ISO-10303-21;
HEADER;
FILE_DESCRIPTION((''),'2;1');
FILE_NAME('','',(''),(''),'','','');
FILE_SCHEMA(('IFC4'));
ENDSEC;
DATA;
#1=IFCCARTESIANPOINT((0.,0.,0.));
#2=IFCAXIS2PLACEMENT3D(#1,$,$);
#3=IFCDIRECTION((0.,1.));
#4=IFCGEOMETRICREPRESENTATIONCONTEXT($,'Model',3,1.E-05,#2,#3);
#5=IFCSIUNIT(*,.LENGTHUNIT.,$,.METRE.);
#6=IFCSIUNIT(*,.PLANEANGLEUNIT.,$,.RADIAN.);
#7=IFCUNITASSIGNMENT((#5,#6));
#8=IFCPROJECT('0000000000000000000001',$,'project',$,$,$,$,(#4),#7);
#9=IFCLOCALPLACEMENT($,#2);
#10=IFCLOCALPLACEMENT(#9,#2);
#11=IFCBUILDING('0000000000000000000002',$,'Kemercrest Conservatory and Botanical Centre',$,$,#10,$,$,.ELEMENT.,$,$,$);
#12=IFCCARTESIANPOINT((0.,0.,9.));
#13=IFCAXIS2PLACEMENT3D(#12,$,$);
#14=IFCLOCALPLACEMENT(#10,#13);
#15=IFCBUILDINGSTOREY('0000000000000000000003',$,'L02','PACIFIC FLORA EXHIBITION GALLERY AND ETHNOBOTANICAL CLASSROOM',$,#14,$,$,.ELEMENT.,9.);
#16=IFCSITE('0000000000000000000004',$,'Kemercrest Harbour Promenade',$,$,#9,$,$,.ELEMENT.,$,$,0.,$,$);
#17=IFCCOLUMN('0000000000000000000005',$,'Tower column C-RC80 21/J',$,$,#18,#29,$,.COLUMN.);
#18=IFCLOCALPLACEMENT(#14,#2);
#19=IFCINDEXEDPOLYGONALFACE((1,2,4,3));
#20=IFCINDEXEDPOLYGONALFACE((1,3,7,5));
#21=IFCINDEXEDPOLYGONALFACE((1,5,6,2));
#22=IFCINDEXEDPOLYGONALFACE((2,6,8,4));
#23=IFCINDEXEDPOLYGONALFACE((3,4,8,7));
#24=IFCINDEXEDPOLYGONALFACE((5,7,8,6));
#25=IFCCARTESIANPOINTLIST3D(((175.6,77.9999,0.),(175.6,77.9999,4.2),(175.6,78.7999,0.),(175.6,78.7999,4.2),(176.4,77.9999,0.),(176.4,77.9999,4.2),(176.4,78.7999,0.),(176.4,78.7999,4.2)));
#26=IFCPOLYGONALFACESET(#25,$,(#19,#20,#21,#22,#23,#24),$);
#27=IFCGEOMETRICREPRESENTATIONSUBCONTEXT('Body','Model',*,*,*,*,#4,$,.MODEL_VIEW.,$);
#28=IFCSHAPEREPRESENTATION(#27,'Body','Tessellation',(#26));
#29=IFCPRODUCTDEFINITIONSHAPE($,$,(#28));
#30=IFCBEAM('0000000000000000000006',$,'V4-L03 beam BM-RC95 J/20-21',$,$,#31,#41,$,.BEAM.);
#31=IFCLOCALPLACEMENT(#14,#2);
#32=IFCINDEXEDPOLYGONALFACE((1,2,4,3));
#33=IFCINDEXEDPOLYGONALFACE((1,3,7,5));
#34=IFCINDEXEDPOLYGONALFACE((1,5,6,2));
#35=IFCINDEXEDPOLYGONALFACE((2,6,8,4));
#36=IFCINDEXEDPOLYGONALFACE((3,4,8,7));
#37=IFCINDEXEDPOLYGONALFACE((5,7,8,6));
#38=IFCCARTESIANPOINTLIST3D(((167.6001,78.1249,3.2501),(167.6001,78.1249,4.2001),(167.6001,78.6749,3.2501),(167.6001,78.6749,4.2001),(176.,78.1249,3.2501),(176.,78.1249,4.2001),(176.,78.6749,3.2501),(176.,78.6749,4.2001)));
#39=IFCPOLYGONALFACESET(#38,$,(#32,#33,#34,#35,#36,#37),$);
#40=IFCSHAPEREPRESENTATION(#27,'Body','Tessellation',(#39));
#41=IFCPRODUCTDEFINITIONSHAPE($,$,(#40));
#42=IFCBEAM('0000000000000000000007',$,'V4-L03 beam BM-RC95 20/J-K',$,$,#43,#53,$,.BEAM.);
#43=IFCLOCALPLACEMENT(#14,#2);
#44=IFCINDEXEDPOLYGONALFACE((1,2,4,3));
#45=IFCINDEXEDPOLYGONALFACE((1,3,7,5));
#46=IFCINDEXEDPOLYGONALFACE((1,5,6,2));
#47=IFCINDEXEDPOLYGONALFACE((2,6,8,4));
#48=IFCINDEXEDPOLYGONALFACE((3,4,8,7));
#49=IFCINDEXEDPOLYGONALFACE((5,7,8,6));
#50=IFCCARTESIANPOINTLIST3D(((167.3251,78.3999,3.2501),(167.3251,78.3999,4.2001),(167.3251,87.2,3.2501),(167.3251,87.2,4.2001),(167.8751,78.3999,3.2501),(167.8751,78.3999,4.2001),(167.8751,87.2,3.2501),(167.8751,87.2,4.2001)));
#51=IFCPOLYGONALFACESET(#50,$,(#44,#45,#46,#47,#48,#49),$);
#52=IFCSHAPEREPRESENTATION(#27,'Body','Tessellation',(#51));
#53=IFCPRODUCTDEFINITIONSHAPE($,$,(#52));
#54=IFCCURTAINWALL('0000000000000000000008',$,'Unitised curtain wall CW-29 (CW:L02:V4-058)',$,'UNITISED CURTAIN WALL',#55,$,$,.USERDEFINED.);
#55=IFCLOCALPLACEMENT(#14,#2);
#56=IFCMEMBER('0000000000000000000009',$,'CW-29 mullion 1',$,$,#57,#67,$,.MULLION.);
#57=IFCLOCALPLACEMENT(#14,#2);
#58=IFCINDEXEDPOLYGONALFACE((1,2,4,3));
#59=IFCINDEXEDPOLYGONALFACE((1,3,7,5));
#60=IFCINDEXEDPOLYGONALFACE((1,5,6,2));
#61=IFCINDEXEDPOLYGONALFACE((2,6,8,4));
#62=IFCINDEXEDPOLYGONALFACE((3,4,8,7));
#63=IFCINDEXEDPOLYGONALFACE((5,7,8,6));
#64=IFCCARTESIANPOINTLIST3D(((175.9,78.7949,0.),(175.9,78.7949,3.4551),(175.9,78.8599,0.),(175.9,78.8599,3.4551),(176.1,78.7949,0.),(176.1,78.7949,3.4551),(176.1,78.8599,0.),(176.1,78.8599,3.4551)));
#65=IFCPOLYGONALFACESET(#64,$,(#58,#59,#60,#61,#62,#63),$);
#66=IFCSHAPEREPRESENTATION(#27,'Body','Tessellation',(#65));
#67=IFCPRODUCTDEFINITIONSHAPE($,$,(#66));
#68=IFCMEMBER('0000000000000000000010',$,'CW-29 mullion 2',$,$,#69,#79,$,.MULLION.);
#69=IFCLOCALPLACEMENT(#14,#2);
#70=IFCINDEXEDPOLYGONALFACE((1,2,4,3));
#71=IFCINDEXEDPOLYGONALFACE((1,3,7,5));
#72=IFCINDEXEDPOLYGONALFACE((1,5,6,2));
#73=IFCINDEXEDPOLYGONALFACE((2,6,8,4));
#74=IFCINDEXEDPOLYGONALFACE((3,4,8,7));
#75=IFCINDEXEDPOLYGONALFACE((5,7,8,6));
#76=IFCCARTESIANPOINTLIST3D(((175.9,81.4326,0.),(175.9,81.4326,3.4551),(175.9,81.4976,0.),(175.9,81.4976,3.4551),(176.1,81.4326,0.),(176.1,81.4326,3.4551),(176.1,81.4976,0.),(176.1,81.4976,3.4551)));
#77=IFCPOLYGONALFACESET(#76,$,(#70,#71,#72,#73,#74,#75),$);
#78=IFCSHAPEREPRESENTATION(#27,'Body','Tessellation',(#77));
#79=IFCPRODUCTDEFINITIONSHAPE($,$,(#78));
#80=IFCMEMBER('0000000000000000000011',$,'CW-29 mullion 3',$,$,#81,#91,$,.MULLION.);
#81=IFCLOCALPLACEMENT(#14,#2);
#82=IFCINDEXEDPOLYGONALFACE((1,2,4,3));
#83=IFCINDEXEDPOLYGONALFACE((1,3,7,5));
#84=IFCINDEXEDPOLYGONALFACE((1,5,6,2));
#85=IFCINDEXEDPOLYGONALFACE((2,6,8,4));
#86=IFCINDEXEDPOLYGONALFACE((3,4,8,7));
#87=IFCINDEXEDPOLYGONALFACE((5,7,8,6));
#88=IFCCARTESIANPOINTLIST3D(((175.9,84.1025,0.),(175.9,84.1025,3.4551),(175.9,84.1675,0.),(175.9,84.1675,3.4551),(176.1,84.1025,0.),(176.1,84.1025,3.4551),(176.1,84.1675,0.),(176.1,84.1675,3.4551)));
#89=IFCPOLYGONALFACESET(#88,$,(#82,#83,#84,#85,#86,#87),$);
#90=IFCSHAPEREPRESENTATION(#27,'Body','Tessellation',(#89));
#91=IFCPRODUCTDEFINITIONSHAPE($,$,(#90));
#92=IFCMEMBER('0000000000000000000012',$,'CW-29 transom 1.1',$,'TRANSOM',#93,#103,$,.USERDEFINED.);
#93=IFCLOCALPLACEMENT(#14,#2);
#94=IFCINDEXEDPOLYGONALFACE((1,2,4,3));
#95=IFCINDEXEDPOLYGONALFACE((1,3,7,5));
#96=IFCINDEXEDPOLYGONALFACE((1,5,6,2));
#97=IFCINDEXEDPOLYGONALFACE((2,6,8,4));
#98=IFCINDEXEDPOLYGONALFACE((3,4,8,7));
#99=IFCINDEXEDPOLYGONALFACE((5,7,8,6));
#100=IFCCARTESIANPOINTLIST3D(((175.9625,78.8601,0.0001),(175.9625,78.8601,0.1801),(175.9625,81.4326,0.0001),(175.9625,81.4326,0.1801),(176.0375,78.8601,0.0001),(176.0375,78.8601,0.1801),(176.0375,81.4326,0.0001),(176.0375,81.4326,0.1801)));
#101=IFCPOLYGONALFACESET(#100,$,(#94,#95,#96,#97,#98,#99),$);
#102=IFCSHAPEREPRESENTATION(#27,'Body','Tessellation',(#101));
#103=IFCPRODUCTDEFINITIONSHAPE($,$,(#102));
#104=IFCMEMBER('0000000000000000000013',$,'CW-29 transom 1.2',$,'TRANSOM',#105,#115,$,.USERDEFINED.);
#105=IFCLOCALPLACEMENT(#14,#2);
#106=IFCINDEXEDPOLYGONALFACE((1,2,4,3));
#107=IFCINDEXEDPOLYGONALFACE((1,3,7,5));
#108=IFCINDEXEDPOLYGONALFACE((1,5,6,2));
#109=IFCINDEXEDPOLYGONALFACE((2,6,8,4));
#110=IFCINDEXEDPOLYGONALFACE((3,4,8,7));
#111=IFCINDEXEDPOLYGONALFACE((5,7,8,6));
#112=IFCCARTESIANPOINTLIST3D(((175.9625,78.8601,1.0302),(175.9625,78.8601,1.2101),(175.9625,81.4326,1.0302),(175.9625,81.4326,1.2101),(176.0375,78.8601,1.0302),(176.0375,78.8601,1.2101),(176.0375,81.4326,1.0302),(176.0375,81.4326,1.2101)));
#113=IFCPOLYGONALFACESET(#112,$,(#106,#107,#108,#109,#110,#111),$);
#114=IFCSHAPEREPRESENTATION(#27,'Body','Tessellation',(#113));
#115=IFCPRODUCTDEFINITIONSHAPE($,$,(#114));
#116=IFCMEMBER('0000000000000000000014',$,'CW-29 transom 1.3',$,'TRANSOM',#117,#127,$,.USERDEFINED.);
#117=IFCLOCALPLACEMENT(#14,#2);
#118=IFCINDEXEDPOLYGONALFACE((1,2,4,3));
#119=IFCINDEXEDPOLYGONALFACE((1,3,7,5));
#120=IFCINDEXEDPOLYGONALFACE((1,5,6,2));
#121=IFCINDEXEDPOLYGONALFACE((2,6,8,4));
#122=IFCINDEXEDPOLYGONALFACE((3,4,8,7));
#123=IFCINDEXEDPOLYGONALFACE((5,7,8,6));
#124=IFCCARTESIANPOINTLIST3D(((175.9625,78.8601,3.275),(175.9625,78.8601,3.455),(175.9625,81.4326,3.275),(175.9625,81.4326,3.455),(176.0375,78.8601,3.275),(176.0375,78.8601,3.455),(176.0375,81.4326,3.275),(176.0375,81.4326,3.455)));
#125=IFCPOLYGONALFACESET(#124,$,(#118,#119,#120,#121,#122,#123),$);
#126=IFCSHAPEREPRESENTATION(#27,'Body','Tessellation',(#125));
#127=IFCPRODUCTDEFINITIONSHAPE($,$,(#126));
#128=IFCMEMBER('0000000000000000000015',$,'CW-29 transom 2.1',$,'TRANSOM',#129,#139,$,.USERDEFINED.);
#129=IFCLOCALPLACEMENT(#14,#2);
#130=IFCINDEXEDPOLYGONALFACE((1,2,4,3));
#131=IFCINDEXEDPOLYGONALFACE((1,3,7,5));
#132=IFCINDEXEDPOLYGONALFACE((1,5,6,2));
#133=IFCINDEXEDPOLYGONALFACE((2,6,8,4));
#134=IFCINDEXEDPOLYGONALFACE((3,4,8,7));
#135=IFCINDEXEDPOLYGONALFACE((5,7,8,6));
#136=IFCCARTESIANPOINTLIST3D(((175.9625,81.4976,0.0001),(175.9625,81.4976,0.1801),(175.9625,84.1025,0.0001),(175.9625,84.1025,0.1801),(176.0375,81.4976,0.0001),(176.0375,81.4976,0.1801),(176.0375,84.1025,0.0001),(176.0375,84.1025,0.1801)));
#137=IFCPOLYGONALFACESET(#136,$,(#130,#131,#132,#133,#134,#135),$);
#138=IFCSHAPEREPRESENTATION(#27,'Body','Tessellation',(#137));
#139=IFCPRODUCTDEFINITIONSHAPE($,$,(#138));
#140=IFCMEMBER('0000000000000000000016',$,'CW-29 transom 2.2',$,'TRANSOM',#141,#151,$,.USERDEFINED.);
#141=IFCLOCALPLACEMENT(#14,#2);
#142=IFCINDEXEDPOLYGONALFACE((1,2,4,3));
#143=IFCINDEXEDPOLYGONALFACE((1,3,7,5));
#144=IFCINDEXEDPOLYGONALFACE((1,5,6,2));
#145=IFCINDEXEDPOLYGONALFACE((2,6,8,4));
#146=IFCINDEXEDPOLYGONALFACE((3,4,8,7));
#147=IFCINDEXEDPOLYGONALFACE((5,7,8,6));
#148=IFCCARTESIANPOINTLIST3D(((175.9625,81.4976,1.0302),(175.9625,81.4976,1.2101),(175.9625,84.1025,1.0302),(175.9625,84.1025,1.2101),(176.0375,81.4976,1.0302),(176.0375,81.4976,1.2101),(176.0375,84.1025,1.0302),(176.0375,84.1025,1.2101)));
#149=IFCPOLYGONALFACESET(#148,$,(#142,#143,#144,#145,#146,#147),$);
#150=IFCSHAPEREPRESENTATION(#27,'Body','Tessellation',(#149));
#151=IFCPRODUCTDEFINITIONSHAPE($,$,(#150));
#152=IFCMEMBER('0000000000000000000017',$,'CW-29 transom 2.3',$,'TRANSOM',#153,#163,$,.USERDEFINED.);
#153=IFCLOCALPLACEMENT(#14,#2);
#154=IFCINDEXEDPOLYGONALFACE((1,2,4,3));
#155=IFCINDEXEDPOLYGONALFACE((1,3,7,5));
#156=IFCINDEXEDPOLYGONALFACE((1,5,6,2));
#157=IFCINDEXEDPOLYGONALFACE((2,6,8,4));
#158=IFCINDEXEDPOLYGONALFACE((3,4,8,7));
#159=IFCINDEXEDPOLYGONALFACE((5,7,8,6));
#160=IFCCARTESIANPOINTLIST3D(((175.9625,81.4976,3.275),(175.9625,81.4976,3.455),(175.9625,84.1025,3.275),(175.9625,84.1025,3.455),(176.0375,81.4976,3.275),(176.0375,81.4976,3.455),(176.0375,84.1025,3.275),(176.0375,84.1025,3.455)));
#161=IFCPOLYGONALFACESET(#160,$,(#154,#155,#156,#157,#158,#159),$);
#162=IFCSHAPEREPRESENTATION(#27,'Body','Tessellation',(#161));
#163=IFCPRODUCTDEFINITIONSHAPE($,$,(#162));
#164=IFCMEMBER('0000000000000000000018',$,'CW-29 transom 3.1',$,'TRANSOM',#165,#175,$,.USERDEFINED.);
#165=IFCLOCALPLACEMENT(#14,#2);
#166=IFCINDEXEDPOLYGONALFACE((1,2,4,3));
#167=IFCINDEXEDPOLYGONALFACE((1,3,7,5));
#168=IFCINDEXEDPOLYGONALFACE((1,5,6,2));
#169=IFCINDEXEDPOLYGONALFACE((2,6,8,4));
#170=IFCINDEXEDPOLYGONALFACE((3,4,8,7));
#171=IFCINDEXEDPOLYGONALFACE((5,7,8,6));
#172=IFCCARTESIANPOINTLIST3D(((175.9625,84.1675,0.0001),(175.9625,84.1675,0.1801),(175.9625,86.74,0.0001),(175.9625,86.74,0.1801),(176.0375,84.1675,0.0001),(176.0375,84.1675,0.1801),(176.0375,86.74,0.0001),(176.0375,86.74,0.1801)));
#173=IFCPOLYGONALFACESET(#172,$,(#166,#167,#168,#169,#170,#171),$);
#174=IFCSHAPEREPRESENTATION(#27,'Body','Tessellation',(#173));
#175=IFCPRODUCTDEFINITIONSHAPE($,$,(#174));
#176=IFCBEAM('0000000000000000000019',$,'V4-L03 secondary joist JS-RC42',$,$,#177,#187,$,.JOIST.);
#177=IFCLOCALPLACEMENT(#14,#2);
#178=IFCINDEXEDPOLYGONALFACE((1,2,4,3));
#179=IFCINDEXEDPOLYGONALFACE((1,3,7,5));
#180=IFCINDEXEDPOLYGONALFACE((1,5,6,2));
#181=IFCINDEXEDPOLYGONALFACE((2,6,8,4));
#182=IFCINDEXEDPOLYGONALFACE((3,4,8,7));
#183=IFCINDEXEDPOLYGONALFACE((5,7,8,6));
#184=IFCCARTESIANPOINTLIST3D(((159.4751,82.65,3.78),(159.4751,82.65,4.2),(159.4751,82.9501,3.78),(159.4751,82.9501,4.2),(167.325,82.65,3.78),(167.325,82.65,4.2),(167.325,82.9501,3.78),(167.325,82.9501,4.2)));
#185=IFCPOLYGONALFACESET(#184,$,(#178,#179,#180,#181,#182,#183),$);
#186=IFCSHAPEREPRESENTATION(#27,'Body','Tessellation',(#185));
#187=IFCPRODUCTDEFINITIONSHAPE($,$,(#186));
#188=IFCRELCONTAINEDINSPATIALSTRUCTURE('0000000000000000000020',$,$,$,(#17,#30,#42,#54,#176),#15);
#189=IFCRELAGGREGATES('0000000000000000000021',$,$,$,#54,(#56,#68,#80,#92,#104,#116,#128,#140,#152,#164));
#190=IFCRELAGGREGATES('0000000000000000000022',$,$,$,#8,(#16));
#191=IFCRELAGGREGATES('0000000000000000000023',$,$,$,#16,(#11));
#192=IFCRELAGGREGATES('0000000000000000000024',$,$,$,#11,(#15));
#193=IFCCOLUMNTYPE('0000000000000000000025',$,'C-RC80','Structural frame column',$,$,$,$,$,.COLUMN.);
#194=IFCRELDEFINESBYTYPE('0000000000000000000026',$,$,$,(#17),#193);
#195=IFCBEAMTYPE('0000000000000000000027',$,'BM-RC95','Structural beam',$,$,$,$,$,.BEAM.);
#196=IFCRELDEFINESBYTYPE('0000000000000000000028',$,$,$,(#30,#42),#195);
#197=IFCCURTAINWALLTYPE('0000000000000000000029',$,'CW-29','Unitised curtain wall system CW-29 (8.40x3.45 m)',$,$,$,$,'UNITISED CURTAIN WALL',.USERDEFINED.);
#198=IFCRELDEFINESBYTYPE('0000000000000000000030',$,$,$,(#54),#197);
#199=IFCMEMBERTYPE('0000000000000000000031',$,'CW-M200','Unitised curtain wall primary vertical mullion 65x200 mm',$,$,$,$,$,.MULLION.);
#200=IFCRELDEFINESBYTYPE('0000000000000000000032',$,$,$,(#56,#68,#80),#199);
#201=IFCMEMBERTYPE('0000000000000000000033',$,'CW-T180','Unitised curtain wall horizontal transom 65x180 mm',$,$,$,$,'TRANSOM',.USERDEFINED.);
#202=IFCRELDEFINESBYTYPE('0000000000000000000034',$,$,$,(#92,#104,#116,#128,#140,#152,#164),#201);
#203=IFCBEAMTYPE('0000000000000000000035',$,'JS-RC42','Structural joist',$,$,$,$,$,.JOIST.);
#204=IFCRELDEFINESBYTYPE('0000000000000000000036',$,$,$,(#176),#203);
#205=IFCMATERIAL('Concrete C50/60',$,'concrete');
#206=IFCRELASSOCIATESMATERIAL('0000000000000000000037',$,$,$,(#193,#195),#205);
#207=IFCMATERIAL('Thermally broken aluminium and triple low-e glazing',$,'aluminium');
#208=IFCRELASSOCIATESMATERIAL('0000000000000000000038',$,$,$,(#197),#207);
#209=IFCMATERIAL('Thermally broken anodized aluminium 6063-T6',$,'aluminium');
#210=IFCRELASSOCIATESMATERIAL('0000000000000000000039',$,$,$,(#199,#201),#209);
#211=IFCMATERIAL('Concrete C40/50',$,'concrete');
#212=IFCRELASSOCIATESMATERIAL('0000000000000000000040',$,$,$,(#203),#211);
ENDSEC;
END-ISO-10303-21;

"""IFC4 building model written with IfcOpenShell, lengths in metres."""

from ifc_helpers import new_model, si_unit, direction, frame, origin, origin_2d, place, context, subcontext, project, spatial, rectangle, extrude, material, material_profile, profile_set, type_object, element, aggregate, save


model = new_model("IFC4")

# Units and contexts
model_context = context("Model", 3, precision=1e-05, world=origin(), true_north=direction((0.0, 1.0)))
body_context = subcontext(model_context, "Body", "Model", "MODEL_VIEW")
ifc_project = project(units=[si_unit("LENGTHUNIT", "METRE"), si_unit("PLANEANGLEUNIT", "RADIAN")], contexts=[model_context])

# Site, building, storey
site_placement = place(None, origin())
site = spatial("IfcSite", under=ifc_project, at=site_placement, Name="Kemercrest Harbour Promenade", CompositionType="ELEMENT", RefElevation=0.0)
building_placement = place(site_placement, origin())
building = spatial("IfcBuilding", under=site, at=building_placement, Name="Kemercrest Conservatory and Botanical Centre", CompositionType="ELEMENT")
storey_placement = place(building_placement, frame((0.0, 0.0, 9.0)))
storey = spatial("IfcBuildingStorey", under=building, at=storey_placement, Name="L02", Description="PACIFIC FLORA EXHIBITION GALLERY AND ETHNOBOTANICAL CLASSROOM", CompositionType="ELEMENT", Elevation=9.0)

# Column
ifc_material_1 = material(Name="Concrete C50/60", Category="concrete")
ifc_material_profile_1 = material_profile(ifc_material_1, rectangle(XDim=0.8, YDim=0.8, at=origin_2d()), Name="RC 800x800")
ifc_profile_set_1 = profile_set([ifc_material_profile_1], Name="Concrete C50/60")
column_type = type_object("IfcColumnType", Name="C-RC80", Description="Structural frame column", PredefinedType="COLUMN", material=ifc_profile_set_1)
column_placement = place(storey_placement, frame((176.0, 78.3999, 0.0), z_axis=(0.0, 0.0, 1.0), x_axis=(1.0, 0.0, 0.0)))
element("IfcColumn", 1, at=column_placement, inside=storey, type_object=column_type, Name="Tower column C-RC80 21/J", PredefinedType="COLUMN", context=body_context, shape_type="SweptSolid", body=[
    extrude(rectangle(XDim=0.8, YDim=0.8, at=origin_2d()), origin(), (0.0, 0.0, 1.0), 4.2),
])

# Beams
ifc_material_profile_2 = material_profile(ifc_material_1, rectangle(XDim=0.55, YDim=0.95, at=origin_2d()), Name="RC 550x950")
ifc_profile_set_2 = profile_set([ifc_material_profile_2], Name="Concrete C50/60")
beam_type_1 = type_object("IfcBeamType", Name="BM-RC95", Description="Structural beam", PredefinedType="BEAM", material=ifc_profile_set_2)
beam_1_placement = place(storey_placement, frame((167.6001, 78.3999, 3.7251), z_axis=(1.0, 0.0, 0.0), x_axis=(0.0, 1.0, 0.0)))
element("IfcBeam", 2, at=beam_1_placement, inside=storey, type_object=beam_type_1, Name="V4-L03 beam BM-RC95 J/20-21", PredefinedType="BEAM", context=body_context, shape_type="SweptSolid", body=[
    extrude(rectangle(XDim=0.55, YDim=0.95, at=origin_2d()), origin(), (0.0, 0.0, 1.0), 8.3999),
])
beam_2_placement = place(storey_placement, frame((167.6001, 78.3999, 3.7251), z_axis=(0.0, 1.0, 0.0), x_axis=(-1.0, 0.0, 0.0)))
element("IfcBeam", 3, at=beam_2_placement, inside=storey, type_object=beam_type_1, Name="V4-L03 beam BM-RC95 20/J-K", PredefinedType="BEAM", context=body_context, shape_type="SweptSolid", body=[
    extrude(rectangle(XDim=0.55, YDim=0.95, at=origin_2d()), origin(), (0.0, 0.0, 1.0), 8.8),
])

# Curtain wall, members
ifc_material_2 = material(Name="Thermally broken aluminium and triple low-e glazing", Category="aluminium")
curtain_wall_type = type_object("IfcCurtainWallType", Name="CW-29", Description="Unitised curtain wall system CW-29 (8.40x3.45 m)", ElementType="UNITISED CURTAIN WALL", PredefinedType="USERDEFINED", material=ifc_material_2)
curtain_wall_placement = place(storey_placement, origin())
curtain_wall = element("IfcCurtainWall", 4, at=curtain_wall_placement, inside=storey, type_object=curtain_wall_type, Name="Unitised curtain wall CW-29 (CW:L02:V4-058)", ObjectType="UNITISED CURTAIN WALL", PredefinedType="USERDEFINED")
ifc_material_3 = material(Name="Thermally broken anodized aluminium 6063-T6", Category="aluminium")
ifc_material_profile_3 = material_profile(ifc_material_3, rectangle(XDim=0.2, YDim=0.0649, at=origin_2d()), Name="AL MULLION 65x200")
ifc_profile_set_3 = profile_set([ifc_material_profile_3], Name="Thermally broken anodized aluminium 6063-T6")
member_type_1 = type_object("IfcMemberType", Name="CW-M200", Description="Unitised curtain wall primary vertical mullion 65x200 mm", PredefinedType="MULLION", material=ifc_profile_set_3)
member_1_placement = place(storey_placement, frame((176.0, 78.8274, 0.0), z_axis=(0.0, 0.0, 1.0), x_axis=(-1.0, 0.0, 0.0)))
member_1 = element("IfcMember", 5, at=member_1_placement, type_object=member_type_1, Name="CW-29 mullion 1", PredefinedType="MULLION", context=body_context, shape_type="SweptSolid", body=[
    extrude(rectangle(XDim=0.2, YDim=0.0649, at=origin_2d()), origin(), (0.0, 0.0, 1.0), 3.4551),
])
member_2_placement = place(storey_placement, frame((176.0, 81.4651, 0.0), z_axis=(0.0, 0.0, 1.0), x_axis=(-1.0, 0.0, 0.0)))
member_2 = element("IfcMember", 6, at=member_2_placement, type_object=member_type_1, Name="CW-29 mullion 2", PredefinedType="MULLION", context=body_context, shape_type="SweptSolid", body=[
    extrude(rectangle(XDim=0.2, YDim=0.0649, at=origin_2d()), origin(), (0.0, 0.0, 1.0), 3.4551),
])
member_3_placement = place(storey_placement, frame((176.0, 84.135, 0.0), z_axis=(0.0, 0.0, 1.0), x_axis=(-1.0, 0.0, 0.0)))
member_3 = element("IfcMember", 7, at=member_3_placement, type_object=member_type_1, Name="CW-29 mullion 3", PredefinedType="MULLION", context=body_context, shape_type="SweptSolid", body=[
    extrude(rectangle(XDim=0.2, YDim=0.0649, at=origin_2d()), origin(), (0.0, 0.0, 1.0), 3.4551),
])
ifc_material_profile_4 = material_profile(ifc_material_3, rectangle(XDim=0.075, YDim=0.1799, at=origin_2d()), Name="AL TRANSOM 75x180")
ifc_profile_set_4 = profile_set([ifc_material_profile_4], Name="Thermally broken anodized aluminium 6063-T6")
member_type_2 = type_object("IfcMemberType", Name="CW-T180", Description="Unitised curtain wall horizontal transom 65x180 mm", ElementType="TRANSOM", PredefinedType="USERDEFINED", material=ifc_profile_set_4)
member_4_placement = place(storey_placement, frame((176.0, 78.8601, 0.0901), z_axis=(0.0, 1.0, 0.0), x_axis=(-1.0, 0.0, 0.0)))
member_4 = element("IfcMember", 8, at=member_4_placement, type_object=member_type_2, Name="CW-29 transom 1.1", ObjectType="TRANSOM", PredefinedType="USERDEFINED", context=body_context, shape_type="SweptSolid", body=[
    extrude(rectangle(XDim=0.075, YDim=0.1799, at=origin_2d()), origin(), (0.0, 0.0, 1.0), 2.5725),
])
member_5_placement = place(storey_placement, frame((176.0, 78.8601, 1.1201), z_axis=(0.0, 1.0, 0.0), x_axis=(-1.0, 0.0, 0.0)))
member_5 = element("IfcMember", 9, at=member_5_placement, type_object=member_type_2, Name="CW-29 transom 1.2", ObjectType="TRANSOM", PredefinedType="USERDEFINED", context=body_context, shape_type="SweptSolid", body=[
    extrude(rectangle(XDim=0.075, YDim=0.1799, at=origin_2d()), origin(), (0.0, 0.0, 1.0), 2.5725),
])
member_6_placement = place(storey_placement, frame((176.0, 78.8601, 3.365), z_axis=(0.0, 1.0, 0.0), x_axis=(-1.0, 0.0, 0.0)))
member_6 = element("IfcMember", 10, at=member_6_placement, type_object=member_type_2, Name="CW-29 transom 1.3", ObjectType="TRANSOM", PredefinedType="USERDEFINED", context=body_context, shape_type="SweptSolid", body=[
    extrude(rectangle(XDim=0.075, YDim=0.1799, at=origin_2d()), origin(), (0.0, 0.0, 1.0), 2.5725),
])
member_7_placement = place(storey_placement, frame((176.0, 81.4976, 0.0901), z_axis=(0.0, 1.0, 0.0), x_axis=(-1.0, 0.0, 0.0)))
member_7 = element("IfcMember", 11, at=member_7_placement, type_object=member_type_2, Name="CW-29 transom 2.1", ObjectType="TRANSOM", PredefinedType="USERDEFINED", context=body_context, shape_type="SweptSolid", body=[
    extrude(rectangle(XDim=0.075, YDim=0.1799, at=origin_2d()), origin(), (0.0, 0.0, 1.0), 2.605),
])
member_8_placement = place(storey_placement, frame((176.0, 81.4976, 1.1201), z_axis=(0.0, 1.0, 0.0), x_axis=(-1.0, 0.0, 0.0)))
member_8 = element("IfcMember", 12, at=member_8_placement, type_object=member_type_2, Name="CW-29 transom 2.2", ObjectType="TRANSOM", PredefinedType="USERDEFINED", context=body_context, shape_type="SweptSolid", body=[
    extrude(rectangle(XDim=0.075, YDim=0.1799, at=origin_2d()), origin(), (0.0, 0.0, 1.0), 2.605),
])
member_9_placement = place(storey_placement, frame((176.0, 81.4976, 3.365), z_axis=(0.0, 1.0, 0.0), x_axis=(-1.0, 0.0, 0.0)))
member_9 = element("IfcMember", 13, at=member_9_placement, type_object=member_type_2, Name="CW-29 transom 2.3", ObjectType="TRANSOM", PredefinedType="USERDEFINED", context=body_context, shape_type="SweptSolid", body=[
    extrude(rectangle(XDim=0.075, YDim=0.1799, at=origin_2d()), origin(), (0.0, 0.0, 1.0), 2.605),
])
member_10_placement = place(storey_placement, frame((176.0, 84.1675, 0.0901), z_axis=(0.0, 1.0, 0.0), x_axis=(-1.0, 0.0, 0.0)))
member_10 = element("IfcMember", 14, at=member_10_placement, type_object=member_type_2, Name="CW-29 transom 3.1", ObjectType="TRANSOM", PredefinedType="USERDEFINED", context=body_context, shape_type="SweptSolid", body=[
    extrude(rectangle(XDim=0.075, YDim=0.1799, at=origin_2d()), origin(), (0.0, 0.0, 1.0), 2.5725),
])

# Beam
ifc_material_4 = material(Name="Concrete C40/50", Category="concrete")
ifc_material_profile_5 = material_profile(ifc_material_4, rectangle(XDim=0.3, YDim=0.4199, at=origin_2d()), Name="RC 300x420")
ifc_profile_set_5 = profile_set([ifc_material_profile_5], Name="Concrete C40/50")
beam_type_2 = type_object("IfcBeamType", Name="JS-RC42", Description="Structural joist", PredefinedType="JOIST", material=ifc_profile_set_5)
beam_3_placement = place(storey_placement, frame((159.4751, 82.8, 3.99), z_axis=(1.0, 0.0, 0.0), x_axis=(0.0, 1.0, 0.0)))
element("IfcBeam", 15, at=beam_3_placement, inside=storey, type_object=beam_type_2, Name="V4-L03 secondary joist JS-RC42", PredefinedType="JOIST", context=body_context, shape_type="SweptSolid", body=[
    extrude(rectangle(XDim=0.3, YDim=0.4199, at=origin_2d()), origin(), (0.0, 0.0, 1.0), 7.8499),
])

aggregate(curtain_wall, [member_1, member_2, member_3, member_4, member_5, member_6, member_7, member_8, member_9, member_10])

save(model, "model.ifc")
